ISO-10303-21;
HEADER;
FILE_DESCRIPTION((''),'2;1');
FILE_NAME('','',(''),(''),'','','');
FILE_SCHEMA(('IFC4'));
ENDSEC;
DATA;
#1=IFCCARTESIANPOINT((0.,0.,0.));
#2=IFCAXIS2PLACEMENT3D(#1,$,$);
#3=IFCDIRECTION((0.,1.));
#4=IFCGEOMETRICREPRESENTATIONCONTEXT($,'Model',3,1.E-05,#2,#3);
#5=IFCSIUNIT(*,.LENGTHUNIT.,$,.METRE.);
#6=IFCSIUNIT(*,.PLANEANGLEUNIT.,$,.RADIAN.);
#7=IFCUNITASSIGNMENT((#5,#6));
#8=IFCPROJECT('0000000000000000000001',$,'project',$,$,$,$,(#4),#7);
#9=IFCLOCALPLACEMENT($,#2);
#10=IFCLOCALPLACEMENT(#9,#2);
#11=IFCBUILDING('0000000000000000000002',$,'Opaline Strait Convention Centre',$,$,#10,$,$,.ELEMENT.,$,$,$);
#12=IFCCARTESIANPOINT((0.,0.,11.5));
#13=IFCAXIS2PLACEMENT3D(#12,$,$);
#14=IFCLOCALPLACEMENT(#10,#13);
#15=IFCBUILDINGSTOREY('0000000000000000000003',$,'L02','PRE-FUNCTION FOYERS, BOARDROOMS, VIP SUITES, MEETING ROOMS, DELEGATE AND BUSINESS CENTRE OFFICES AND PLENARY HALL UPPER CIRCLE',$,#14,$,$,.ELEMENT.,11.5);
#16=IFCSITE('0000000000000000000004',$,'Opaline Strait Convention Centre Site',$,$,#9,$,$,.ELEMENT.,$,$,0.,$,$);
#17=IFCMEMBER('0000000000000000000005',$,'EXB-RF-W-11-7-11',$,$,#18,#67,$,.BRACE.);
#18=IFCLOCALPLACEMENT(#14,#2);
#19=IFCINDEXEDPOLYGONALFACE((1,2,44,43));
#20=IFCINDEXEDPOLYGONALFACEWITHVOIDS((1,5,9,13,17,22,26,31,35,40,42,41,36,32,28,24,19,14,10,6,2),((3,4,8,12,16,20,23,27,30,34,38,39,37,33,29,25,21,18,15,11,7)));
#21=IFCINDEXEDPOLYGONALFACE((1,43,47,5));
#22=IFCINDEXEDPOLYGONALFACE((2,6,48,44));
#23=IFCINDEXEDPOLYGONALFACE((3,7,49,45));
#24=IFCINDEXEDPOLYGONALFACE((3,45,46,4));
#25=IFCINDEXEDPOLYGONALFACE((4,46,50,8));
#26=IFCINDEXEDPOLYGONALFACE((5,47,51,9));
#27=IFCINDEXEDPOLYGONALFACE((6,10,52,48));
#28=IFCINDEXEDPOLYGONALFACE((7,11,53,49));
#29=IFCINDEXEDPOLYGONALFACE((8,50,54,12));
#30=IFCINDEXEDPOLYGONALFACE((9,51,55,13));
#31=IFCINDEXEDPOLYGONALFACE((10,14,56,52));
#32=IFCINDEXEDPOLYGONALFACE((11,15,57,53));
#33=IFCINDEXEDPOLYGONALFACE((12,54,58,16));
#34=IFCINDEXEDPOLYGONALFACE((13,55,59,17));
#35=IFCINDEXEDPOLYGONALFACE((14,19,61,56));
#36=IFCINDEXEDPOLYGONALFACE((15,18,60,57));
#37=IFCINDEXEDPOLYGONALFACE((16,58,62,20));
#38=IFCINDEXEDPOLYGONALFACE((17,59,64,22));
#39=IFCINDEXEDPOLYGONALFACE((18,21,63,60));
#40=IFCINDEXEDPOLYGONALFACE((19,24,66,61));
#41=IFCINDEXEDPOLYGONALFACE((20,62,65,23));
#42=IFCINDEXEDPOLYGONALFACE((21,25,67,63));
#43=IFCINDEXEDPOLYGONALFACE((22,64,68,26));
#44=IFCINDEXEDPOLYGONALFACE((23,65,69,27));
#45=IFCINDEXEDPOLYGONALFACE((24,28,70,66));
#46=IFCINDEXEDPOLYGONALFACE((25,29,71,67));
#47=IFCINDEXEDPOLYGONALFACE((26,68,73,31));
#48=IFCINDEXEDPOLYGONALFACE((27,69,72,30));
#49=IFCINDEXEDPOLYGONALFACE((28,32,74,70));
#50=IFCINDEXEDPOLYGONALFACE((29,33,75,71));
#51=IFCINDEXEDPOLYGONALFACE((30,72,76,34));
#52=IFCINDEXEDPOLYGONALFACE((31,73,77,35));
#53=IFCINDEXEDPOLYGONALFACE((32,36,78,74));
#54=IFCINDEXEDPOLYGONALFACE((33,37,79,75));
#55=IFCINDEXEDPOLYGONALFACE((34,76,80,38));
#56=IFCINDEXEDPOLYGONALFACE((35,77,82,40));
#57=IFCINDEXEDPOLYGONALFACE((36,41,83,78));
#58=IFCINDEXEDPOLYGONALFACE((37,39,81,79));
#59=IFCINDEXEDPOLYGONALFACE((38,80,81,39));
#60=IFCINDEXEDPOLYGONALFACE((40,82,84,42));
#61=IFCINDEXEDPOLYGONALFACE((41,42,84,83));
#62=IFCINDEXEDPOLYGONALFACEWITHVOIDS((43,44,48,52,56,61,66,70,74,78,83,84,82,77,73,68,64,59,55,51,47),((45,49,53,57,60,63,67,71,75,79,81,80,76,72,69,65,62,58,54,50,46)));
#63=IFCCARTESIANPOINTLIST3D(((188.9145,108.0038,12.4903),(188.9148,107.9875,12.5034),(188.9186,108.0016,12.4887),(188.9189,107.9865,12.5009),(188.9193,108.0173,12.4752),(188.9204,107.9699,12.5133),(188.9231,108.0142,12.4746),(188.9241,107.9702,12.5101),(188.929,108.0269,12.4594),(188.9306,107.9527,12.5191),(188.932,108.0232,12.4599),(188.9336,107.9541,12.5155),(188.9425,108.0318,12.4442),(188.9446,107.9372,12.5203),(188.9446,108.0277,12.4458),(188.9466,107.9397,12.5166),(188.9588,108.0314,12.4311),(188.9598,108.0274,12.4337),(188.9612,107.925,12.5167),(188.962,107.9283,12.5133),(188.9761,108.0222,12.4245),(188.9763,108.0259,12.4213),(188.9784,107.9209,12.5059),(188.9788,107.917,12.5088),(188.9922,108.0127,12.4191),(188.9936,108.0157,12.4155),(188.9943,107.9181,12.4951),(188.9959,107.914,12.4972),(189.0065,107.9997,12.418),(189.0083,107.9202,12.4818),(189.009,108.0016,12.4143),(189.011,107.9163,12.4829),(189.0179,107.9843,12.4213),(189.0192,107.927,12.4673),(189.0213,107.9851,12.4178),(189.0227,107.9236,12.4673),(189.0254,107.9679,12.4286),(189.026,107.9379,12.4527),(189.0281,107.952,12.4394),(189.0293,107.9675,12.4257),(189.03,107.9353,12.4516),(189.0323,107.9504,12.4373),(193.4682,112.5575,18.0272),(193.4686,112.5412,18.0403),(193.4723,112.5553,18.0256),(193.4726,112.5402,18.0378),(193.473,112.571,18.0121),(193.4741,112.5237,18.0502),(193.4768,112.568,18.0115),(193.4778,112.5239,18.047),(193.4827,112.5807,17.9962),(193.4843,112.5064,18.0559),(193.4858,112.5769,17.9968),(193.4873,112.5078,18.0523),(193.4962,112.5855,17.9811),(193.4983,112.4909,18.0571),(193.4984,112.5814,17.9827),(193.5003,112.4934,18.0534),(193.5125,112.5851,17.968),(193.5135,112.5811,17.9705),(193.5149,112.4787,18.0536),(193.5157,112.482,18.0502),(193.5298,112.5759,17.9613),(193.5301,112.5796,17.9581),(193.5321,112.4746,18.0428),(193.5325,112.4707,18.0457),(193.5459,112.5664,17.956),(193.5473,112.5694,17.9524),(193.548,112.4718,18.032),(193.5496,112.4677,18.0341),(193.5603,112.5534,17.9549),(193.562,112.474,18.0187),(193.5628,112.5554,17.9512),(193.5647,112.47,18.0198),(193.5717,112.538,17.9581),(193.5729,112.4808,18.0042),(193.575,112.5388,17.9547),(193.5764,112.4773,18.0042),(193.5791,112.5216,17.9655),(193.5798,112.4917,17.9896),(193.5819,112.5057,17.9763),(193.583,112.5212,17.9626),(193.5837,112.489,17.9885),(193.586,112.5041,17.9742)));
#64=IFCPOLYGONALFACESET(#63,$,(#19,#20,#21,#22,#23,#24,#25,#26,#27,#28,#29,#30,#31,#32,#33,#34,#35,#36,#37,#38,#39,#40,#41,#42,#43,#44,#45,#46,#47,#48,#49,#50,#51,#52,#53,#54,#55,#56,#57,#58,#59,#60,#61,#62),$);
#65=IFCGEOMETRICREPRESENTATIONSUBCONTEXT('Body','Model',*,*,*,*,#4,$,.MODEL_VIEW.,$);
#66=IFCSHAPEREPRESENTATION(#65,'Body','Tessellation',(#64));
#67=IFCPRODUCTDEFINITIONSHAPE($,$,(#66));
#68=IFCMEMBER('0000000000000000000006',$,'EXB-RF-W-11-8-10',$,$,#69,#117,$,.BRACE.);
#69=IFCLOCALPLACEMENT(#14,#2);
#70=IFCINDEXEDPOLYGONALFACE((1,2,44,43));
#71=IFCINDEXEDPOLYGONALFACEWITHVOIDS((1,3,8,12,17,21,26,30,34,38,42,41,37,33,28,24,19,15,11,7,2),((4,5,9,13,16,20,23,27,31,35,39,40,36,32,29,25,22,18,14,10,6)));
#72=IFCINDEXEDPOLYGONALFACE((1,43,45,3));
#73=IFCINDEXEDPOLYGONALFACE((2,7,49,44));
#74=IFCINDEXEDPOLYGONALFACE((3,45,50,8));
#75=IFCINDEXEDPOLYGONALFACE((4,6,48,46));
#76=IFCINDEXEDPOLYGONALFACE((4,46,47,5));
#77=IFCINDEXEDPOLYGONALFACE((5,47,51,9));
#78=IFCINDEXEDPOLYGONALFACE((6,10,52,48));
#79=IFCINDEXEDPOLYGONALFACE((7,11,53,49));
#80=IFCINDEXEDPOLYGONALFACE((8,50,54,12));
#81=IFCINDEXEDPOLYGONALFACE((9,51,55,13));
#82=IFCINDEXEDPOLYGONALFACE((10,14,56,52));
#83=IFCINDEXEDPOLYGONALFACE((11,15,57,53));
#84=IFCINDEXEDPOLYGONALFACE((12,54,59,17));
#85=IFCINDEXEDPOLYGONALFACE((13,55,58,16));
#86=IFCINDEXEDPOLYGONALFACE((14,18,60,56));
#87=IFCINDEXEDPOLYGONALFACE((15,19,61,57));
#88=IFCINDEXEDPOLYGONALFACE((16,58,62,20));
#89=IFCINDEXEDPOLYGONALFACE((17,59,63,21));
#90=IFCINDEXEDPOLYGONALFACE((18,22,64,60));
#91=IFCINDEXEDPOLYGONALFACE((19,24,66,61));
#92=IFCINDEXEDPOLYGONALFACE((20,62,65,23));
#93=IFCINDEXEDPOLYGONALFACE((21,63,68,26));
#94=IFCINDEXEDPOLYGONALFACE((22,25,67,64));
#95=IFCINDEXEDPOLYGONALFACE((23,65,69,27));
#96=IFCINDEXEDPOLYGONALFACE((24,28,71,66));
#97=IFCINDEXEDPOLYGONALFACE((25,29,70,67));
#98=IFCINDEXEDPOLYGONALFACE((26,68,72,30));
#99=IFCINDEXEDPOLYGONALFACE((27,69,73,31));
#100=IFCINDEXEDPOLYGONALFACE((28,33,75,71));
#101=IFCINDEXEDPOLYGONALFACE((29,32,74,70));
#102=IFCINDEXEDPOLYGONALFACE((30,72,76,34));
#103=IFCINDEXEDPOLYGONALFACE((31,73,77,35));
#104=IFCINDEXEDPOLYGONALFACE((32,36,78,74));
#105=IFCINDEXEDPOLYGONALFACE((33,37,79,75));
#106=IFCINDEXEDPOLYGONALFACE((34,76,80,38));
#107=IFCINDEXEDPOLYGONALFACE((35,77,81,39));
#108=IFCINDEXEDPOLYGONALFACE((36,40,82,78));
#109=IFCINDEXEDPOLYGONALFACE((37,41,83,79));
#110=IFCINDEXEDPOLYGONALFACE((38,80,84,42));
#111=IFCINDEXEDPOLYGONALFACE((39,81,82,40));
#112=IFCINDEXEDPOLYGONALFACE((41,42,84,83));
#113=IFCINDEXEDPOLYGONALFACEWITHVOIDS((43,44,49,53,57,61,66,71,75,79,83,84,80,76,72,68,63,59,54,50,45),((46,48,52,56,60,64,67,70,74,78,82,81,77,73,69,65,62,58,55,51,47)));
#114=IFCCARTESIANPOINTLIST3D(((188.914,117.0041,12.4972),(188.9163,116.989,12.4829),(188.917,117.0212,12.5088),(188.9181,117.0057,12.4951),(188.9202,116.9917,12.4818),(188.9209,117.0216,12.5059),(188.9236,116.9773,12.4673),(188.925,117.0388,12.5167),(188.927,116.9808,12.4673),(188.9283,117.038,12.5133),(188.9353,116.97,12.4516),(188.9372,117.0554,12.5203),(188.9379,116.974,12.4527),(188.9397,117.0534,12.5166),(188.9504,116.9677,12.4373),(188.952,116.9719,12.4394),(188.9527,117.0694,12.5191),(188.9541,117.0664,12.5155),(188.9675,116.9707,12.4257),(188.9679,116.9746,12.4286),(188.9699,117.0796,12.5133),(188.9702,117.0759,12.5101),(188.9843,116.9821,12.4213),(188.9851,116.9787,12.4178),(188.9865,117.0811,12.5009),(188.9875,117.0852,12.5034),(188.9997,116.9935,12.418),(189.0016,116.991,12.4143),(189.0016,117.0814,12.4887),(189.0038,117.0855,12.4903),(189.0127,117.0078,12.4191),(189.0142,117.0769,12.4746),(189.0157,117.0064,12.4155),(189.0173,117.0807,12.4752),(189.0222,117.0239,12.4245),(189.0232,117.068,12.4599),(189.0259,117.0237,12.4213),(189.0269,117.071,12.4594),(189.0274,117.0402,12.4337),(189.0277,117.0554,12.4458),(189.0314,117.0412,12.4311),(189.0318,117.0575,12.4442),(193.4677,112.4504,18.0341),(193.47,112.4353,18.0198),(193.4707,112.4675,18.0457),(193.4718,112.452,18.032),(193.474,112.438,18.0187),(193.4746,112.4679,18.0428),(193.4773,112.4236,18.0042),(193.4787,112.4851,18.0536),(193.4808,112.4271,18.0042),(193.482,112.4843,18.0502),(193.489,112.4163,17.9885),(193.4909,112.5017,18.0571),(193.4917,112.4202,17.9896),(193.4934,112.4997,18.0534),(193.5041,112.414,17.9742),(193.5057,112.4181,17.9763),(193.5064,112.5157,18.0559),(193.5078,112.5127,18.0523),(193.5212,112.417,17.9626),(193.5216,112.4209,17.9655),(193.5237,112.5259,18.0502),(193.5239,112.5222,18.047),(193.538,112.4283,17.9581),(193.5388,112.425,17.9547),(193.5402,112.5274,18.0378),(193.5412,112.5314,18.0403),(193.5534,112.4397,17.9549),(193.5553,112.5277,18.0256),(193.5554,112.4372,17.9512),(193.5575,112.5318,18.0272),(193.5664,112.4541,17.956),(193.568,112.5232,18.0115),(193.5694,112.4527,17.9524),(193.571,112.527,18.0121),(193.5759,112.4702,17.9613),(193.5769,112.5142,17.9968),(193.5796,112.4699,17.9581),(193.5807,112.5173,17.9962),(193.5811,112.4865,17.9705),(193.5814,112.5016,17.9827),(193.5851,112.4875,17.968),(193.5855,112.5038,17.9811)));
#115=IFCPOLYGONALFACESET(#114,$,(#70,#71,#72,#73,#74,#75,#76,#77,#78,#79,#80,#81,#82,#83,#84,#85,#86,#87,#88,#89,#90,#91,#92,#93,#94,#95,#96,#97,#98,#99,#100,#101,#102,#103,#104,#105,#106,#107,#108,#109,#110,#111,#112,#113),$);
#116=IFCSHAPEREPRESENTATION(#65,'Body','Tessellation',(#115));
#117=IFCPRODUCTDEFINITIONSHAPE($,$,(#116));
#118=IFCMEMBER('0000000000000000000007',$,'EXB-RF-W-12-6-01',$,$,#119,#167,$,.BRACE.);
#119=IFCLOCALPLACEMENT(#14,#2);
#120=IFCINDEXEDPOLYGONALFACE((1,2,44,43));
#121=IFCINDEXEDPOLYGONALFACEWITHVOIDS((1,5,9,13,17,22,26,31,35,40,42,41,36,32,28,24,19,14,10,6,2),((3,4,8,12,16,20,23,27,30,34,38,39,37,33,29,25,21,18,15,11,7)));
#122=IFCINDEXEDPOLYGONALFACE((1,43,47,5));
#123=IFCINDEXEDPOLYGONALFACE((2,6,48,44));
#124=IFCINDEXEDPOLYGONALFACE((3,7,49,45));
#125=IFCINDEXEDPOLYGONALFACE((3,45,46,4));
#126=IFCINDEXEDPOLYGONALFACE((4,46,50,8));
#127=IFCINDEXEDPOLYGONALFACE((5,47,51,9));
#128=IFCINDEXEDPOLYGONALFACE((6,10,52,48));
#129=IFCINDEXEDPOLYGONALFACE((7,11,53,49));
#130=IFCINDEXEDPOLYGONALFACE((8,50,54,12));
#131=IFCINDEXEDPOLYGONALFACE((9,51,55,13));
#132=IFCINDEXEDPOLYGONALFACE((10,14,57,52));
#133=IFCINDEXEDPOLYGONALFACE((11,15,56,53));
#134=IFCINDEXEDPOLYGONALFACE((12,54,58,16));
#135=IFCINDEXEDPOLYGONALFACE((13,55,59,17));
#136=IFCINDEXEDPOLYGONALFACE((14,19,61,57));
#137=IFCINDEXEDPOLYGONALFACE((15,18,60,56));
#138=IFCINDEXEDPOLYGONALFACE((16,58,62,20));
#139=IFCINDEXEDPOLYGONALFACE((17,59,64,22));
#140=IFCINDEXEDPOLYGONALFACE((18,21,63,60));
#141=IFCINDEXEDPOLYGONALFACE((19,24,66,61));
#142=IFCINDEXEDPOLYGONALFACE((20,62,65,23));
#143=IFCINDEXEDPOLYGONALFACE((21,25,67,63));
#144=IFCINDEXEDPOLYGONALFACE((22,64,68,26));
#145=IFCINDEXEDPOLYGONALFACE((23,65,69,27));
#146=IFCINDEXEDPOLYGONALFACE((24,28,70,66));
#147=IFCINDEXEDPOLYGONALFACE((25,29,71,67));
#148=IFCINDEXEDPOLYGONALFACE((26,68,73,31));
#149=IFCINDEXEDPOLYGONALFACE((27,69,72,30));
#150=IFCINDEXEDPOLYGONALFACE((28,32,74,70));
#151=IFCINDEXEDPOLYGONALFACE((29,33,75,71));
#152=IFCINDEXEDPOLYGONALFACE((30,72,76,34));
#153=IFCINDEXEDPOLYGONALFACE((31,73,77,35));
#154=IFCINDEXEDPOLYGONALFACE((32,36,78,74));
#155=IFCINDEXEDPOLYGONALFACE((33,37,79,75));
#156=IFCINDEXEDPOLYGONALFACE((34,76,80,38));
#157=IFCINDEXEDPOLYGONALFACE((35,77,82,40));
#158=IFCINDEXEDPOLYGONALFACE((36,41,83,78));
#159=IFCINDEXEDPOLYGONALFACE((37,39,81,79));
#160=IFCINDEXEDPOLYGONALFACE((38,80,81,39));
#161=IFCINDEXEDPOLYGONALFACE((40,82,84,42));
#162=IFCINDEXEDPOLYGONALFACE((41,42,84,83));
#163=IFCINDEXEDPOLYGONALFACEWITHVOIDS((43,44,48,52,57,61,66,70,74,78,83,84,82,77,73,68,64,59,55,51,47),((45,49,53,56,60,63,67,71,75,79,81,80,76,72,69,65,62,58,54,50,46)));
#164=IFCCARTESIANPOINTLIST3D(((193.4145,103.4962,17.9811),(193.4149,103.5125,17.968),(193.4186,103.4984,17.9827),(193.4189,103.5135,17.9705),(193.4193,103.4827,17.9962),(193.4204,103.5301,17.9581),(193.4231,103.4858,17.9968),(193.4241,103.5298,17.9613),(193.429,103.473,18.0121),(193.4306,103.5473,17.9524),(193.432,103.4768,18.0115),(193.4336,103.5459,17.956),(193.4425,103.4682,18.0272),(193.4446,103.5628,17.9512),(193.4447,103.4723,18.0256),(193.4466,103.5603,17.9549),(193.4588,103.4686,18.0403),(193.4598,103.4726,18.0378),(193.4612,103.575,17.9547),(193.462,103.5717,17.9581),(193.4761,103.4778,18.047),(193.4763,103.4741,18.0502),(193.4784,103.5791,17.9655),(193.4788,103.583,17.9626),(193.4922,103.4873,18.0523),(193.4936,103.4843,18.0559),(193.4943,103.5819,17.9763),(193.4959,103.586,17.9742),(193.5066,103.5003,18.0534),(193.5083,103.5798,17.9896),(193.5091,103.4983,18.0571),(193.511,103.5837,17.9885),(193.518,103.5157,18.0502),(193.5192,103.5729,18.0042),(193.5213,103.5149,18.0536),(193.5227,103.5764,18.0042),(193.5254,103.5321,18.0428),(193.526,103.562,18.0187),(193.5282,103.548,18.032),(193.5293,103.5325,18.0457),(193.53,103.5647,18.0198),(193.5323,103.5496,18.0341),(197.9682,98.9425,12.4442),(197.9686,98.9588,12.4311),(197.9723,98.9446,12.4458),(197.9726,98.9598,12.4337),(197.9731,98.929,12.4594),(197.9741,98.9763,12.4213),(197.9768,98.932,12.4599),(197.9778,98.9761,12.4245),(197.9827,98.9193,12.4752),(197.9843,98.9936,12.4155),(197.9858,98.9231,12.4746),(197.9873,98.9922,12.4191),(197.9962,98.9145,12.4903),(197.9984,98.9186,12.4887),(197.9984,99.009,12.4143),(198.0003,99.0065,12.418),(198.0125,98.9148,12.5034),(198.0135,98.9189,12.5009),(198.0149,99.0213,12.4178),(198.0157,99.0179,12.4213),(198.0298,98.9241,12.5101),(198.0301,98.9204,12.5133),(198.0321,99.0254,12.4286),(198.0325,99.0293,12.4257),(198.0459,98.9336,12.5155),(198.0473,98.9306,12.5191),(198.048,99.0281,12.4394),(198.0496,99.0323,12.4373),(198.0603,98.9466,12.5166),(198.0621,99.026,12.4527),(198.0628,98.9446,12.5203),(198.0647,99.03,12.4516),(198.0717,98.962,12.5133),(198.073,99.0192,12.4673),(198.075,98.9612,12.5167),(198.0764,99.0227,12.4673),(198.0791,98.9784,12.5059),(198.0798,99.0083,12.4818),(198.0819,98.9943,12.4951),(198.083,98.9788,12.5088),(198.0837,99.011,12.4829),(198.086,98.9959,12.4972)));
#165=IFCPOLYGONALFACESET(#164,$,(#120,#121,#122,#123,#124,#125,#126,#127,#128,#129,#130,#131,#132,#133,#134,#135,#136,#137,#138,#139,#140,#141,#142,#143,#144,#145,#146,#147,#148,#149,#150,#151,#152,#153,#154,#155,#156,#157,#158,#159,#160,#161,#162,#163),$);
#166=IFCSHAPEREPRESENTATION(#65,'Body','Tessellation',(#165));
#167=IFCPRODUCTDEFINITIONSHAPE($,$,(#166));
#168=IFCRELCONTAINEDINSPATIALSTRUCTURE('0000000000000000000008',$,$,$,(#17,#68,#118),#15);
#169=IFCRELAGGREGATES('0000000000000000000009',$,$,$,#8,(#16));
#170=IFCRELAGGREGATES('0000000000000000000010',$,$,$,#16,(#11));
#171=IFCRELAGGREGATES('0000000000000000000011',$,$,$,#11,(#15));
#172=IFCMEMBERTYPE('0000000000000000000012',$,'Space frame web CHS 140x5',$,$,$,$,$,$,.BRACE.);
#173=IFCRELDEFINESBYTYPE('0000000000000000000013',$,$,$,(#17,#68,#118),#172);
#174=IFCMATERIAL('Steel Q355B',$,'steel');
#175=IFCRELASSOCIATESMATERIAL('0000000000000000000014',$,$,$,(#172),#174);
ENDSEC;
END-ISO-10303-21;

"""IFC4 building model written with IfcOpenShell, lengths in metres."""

from ifc_helpers import new_model, si_unit, direction, frame, origin, origin_2d, place, context, subcontext, project, spatial, hollow_circle, extrude, material, material_profile, profile_set, type_object, element, save


model = new_model("IFC4")

# Units and contexts
model_context = context("Model", 3, precision=1e-05, world=origin(), true_north=direction((0.0, 1.0)))
body_context = subcontext(model_context, "Body", "Model", "MODEL_VIEW")
ifc_project = project(units=[si_unit("LENGTHUNIT", "METRE"), si_unit("PLANEANGLEUNIT", "RADIAN")], contexts=[model_context])

# Site, building, storey
site_placement = place(None, origin())
site = spatial("IfcSite", under=ifc_project, at=site_placement, Name="Opaline Strait Convention Centre Site", CompositionType="ELEMENT", RefElevation=0.0)
building_placement = place(site_placement, origin())
building = spatial("IfcBuilding", under=site, at=building_placement, Name="Opaline Strait Convention Centre", CompositionType="ELEMENT")
storey_placement = place(building_placement, frame((0.0, 0.0, 11.5)))
storey = spatial("IfcBuildingStorey", under=building, at=storey_placement, Name="L02", Description="PRE-FUNCTION FOYERS, BOARDROOMS, VIP SUITES, MEETING ROOMS, DELEGATE AND BUSINESS CENTRE OFFICES AND PLENARY HALL UPPER CIRCLE", CompositionType="ELEMENT", Elevation=11.5)

# Members
ifc_material = material(Name="Steel Q355B", Category="steel")
ifc_material_profile_1 = material_profile(ifc_material, hollow_circle(Radius=0.0701, WallThickness=0.0049, at=origin_2d()), Name="CHS 140x5")
ifc_profile_set_1 = profile_set([ifc_material_profile_1], Name="Steel Q355B")
member_type_1 = type_object("IfcMemberType", Name="Space frame web CHS 140x5", PredefinedType="BRACE", material=ifc_profile_set_1)
for number, where, z_axis, x_axis, name in (
    (1, (193.5269, 112.5269, 18.0042), (-0.536178, -0.536178, -0.65194), (0.707107, -0.707107, 0.0), "EXB-RF-W-11-7-11"),
    (2, (193.5269, 112.4731, 18.0042), (-0.536178, 0.536178, -0.65194), (-0.707107, -0.707107, 0.0), "EXB-RF-W-11-8-10"),
    (3, (193.4731, 103.5269, 18.0042), (0.536178, -0.536178, -0.65194), (0.707107, 0.707107, 0.0), "EXB-RF-W-12-6-01"),
):
    element("IfcMember", number, at=place(storey_placement, frame(where, z_axis=z_axis, x_axis=x_axis)), inside=storey, type_object=member_type_1, Name=name, PredefinedType="BRACE", context=body_context, shape_type="SweptSolid", body=[
        extrude(hollow_circle(Radius=0.0701, WallThickness=0.0049, at=origin_2d()), origin(), (0.0, 0.0, 1.0), 8.4929),
    ])

save(model, "model.ifc")
